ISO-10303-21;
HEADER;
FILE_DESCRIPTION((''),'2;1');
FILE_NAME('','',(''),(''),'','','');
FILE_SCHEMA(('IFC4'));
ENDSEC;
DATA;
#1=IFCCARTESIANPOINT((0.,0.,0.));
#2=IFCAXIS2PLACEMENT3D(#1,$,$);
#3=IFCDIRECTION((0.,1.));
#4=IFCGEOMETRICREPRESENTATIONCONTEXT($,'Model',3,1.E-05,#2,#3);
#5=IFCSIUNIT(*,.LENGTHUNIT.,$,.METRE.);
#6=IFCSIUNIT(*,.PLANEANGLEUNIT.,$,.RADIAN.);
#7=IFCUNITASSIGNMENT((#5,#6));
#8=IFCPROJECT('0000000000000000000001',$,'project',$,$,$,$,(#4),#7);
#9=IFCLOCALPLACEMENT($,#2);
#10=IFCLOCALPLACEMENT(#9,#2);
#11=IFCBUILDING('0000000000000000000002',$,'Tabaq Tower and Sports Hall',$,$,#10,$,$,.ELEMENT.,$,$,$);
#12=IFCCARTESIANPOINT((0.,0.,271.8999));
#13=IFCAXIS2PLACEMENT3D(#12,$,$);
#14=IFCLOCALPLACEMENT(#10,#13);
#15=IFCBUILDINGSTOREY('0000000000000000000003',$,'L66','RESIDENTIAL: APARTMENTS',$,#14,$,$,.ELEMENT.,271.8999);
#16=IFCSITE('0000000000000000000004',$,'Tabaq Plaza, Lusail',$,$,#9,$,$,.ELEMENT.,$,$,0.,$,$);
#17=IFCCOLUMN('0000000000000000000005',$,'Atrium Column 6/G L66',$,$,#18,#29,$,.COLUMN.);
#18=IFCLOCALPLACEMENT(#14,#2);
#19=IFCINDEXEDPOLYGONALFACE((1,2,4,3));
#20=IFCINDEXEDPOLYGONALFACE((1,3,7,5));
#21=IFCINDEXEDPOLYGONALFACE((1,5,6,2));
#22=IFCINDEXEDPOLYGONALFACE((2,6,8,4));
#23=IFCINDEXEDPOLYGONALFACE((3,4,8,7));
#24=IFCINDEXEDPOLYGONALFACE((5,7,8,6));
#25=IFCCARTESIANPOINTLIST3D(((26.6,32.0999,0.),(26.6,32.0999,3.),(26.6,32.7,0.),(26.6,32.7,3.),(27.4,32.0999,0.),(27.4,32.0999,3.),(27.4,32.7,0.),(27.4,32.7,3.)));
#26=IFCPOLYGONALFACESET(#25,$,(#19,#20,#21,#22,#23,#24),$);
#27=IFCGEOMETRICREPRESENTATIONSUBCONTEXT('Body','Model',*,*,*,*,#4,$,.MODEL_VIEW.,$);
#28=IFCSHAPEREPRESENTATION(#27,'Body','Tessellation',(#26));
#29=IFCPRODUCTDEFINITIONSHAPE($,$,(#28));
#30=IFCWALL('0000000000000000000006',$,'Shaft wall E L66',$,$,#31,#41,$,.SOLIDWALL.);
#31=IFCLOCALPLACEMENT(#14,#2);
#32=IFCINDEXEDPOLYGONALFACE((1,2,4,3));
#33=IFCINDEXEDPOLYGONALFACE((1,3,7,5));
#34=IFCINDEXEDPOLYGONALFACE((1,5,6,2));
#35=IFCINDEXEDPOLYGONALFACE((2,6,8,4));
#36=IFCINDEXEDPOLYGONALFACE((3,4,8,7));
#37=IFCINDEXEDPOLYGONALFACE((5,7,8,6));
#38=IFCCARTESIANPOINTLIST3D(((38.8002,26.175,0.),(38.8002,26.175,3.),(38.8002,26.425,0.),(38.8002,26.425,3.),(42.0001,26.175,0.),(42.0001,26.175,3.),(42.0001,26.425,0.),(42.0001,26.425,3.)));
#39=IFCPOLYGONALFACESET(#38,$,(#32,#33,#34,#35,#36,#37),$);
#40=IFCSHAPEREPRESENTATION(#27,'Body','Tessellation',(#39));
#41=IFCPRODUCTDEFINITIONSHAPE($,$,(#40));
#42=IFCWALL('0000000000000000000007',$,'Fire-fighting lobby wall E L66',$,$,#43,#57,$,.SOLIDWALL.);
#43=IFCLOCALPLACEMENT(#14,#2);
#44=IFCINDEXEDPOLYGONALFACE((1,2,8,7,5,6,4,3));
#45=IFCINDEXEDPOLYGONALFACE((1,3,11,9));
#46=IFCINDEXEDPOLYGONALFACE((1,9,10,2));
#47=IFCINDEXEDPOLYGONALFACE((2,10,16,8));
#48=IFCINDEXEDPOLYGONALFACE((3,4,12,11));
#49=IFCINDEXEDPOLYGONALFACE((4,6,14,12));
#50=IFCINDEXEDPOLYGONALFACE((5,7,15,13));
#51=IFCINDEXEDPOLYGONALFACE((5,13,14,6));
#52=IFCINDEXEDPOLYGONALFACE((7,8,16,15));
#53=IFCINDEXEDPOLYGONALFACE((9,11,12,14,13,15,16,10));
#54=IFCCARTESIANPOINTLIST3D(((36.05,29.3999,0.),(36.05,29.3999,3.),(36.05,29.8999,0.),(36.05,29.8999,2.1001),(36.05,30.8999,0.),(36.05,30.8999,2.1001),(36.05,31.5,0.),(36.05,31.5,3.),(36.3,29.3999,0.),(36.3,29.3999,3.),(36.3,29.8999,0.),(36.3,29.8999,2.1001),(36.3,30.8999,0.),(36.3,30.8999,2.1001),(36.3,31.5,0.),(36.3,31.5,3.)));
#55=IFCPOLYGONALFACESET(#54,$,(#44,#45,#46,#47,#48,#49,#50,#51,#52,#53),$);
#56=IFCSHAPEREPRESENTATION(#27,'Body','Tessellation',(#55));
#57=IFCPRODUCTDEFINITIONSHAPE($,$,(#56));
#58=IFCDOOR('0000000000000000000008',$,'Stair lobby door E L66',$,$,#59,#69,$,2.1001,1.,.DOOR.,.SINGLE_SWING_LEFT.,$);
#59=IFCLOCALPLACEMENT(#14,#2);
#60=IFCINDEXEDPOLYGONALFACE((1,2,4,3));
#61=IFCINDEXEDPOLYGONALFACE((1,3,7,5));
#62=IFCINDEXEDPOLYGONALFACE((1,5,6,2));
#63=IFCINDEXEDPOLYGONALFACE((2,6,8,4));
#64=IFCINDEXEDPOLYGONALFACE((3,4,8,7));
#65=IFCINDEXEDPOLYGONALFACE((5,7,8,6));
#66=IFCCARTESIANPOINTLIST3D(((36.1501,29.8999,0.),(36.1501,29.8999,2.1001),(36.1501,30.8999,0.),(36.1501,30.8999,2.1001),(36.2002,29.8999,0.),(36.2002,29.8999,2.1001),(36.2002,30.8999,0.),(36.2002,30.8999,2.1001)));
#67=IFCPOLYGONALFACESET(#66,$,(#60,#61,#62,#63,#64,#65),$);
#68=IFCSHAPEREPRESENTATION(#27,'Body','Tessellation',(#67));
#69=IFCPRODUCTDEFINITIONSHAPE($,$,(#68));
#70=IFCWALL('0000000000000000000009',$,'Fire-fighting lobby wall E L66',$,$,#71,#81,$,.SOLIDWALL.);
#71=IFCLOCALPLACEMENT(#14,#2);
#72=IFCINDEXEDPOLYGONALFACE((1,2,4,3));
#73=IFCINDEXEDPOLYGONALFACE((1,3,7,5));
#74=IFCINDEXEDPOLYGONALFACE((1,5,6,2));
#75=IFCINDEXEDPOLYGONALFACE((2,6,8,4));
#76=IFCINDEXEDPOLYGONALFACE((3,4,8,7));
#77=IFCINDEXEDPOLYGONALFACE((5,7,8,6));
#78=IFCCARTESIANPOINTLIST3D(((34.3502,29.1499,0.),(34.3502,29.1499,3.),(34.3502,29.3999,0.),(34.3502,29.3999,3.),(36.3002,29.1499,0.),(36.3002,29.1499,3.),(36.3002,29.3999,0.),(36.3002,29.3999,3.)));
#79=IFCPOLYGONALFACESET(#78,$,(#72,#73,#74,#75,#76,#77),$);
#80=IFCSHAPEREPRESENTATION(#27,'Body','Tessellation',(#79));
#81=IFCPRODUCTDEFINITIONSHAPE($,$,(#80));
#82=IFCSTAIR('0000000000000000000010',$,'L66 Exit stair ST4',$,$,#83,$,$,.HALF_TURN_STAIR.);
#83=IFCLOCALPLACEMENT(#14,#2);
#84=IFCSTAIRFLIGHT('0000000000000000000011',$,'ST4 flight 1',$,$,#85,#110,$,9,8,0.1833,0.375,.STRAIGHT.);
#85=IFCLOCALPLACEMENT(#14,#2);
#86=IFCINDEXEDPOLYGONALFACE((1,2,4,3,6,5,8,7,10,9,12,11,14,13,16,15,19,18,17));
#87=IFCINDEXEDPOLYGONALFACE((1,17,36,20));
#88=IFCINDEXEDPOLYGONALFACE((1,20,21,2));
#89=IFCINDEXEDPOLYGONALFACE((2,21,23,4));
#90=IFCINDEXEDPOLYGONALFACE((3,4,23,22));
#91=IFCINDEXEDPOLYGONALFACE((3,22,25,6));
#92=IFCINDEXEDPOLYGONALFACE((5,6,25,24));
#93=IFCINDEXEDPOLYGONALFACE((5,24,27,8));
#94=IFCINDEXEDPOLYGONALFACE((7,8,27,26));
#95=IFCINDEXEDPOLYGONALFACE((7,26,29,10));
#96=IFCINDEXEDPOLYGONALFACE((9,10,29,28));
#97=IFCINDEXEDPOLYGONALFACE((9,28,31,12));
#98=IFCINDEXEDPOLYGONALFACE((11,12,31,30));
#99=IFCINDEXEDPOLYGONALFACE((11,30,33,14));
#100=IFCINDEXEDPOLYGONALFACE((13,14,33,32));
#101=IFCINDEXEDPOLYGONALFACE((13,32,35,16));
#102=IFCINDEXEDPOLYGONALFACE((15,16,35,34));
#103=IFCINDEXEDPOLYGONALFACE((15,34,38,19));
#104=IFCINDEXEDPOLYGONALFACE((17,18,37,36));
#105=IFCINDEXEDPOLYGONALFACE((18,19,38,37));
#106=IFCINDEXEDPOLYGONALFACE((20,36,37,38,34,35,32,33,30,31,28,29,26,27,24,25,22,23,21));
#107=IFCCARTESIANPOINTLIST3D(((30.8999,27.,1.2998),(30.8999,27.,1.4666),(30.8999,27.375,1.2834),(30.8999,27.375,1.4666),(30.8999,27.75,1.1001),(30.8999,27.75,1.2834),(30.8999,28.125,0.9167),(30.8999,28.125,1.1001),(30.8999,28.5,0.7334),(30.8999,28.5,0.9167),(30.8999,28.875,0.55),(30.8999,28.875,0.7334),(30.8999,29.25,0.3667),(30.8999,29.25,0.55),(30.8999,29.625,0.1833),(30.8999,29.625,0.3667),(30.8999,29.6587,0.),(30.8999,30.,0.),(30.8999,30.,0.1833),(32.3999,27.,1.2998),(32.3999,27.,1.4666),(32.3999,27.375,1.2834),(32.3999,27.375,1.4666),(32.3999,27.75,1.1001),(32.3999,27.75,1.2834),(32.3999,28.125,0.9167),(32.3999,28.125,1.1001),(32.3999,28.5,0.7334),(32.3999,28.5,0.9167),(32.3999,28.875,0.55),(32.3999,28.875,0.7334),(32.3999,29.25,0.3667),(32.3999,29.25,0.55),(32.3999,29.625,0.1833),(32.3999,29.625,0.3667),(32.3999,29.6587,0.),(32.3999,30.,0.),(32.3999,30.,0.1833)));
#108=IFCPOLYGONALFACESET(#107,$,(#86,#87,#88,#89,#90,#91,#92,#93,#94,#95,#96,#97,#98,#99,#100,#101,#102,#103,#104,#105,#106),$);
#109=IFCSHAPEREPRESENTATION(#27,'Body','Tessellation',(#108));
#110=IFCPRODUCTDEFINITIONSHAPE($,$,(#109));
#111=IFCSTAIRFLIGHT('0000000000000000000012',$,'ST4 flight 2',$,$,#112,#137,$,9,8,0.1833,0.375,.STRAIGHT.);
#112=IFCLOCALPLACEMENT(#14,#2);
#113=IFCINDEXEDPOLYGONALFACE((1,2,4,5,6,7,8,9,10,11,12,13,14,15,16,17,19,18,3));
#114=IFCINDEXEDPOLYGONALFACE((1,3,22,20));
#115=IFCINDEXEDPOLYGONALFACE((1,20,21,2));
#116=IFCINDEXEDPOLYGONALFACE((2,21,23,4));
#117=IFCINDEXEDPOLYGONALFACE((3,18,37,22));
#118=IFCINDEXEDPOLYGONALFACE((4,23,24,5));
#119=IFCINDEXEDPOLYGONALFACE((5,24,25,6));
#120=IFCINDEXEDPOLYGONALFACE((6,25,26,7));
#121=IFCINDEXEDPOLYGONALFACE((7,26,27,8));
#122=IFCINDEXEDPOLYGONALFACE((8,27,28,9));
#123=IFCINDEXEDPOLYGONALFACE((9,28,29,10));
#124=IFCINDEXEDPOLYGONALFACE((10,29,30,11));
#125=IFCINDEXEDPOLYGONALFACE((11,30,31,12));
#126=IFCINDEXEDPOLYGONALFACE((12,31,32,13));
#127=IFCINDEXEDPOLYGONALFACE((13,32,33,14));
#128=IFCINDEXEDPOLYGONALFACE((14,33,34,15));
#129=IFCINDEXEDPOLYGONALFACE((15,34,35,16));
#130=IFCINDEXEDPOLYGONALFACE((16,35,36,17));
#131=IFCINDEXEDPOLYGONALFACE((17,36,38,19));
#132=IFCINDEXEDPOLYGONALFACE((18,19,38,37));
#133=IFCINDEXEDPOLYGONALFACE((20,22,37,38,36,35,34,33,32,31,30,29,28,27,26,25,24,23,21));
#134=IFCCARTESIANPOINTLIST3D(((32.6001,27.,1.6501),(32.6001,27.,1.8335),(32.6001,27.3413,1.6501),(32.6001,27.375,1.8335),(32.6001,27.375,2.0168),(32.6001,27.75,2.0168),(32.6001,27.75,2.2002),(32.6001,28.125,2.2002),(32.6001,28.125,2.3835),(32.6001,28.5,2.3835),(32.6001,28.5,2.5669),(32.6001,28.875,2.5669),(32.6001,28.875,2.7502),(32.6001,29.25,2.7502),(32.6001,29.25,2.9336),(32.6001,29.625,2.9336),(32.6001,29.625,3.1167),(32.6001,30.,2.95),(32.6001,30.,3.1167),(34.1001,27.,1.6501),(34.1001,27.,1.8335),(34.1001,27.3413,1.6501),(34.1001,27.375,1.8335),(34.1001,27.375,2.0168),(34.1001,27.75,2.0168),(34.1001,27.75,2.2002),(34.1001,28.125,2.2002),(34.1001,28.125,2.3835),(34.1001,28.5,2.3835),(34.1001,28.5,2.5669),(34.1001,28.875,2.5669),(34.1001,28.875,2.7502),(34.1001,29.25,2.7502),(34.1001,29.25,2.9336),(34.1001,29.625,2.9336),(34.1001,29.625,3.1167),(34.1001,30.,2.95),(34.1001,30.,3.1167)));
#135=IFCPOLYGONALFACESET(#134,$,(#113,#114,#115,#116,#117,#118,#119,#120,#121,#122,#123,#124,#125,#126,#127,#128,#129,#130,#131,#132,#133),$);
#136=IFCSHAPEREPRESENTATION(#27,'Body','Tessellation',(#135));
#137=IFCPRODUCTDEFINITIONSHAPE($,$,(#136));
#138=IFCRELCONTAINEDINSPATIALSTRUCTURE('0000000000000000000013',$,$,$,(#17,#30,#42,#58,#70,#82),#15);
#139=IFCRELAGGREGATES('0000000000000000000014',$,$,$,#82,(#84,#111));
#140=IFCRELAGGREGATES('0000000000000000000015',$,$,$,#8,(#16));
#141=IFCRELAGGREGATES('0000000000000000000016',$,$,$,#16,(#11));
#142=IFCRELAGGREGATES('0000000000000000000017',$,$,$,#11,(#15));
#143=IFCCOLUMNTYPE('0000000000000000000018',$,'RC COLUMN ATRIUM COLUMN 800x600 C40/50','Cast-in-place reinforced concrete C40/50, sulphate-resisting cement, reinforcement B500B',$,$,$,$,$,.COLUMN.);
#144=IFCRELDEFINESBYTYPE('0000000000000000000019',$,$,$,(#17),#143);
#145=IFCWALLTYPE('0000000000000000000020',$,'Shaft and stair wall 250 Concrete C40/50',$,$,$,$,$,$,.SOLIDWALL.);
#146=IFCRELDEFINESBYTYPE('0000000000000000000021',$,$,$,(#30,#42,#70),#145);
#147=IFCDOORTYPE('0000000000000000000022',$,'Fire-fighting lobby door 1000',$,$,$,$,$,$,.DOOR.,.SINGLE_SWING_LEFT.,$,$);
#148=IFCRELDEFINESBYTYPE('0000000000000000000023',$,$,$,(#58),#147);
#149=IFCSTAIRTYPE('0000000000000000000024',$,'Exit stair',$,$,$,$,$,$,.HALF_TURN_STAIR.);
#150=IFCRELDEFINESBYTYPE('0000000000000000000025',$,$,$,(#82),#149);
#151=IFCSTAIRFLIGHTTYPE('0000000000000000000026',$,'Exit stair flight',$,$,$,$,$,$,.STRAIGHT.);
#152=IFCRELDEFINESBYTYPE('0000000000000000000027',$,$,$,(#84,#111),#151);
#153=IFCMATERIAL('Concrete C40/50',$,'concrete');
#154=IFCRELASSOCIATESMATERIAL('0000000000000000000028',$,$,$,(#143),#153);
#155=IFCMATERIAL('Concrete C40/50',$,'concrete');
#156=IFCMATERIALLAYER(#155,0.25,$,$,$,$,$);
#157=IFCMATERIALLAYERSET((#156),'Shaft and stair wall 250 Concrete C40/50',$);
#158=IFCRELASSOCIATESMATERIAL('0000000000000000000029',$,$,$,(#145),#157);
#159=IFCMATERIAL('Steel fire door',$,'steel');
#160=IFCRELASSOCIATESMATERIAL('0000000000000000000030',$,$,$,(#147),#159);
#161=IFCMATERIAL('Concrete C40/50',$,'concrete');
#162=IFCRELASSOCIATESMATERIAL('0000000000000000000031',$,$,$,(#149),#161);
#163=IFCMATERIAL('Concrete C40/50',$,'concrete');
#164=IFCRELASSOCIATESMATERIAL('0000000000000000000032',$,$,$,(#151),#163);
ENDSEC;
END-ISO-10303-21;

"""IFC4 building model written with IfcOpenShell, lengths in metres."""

from ifc_helpers import new_model, si_unit, direction, frame, frame_2d, origin, origin_2d, place, context, subcontext, project, spatial, polyline, rectangle, outline, extrude, material, layer, layer_set, material_profile, profile_set, type_object, element, fill, aggregate, save


model = new_model("IFC4")

# Units and contexts
model_context = context("Model", 3, precision=1e-05, world=origin(), true_north=direction((0.0, 1.0)))
body_context = subcontext(model_context, "Body", "Model", "MODEL_VIEW")
ifc_project = project(units=[si_unit("LENGTHUNIT", "METRE"), si_unit("PLANEANGLEUNIT", "RADIAN")], contexts=[model_context])

# Site, building, storey
site_placement = place(None, origin())
site = spatial("IfcSite", under=ifc_project, at=site_placement, Name="Tabaq Plaza, Lusail", CompositionType="ELEMENT", RefElevation=0.0)
building_placement = place(site_placement, origin())
building = spatial("IfcBuilding", under=site, at=building_placement, Name="Tabaq Tower and Sports Hall", CompositionType="ELEMENT")
storey_placement = place(building_placement, frame((0.0, 0.0, 271.8999)))
storey = spatial("IfcBuildingStorey", under=building, at=storey_placement, Name="L66", Description="RESIDENTIAL: APARTMENTS", CompositionType="ELEMENT", Elevation=271.8999)

# Column
ifc_material_1 = material(Name="Concrete C40/50", Category="concrete")
ifc_material_profile = material_profile(ifc_material_1, rectangle(XDim=0.8, YDim=0.6001, at=origin_2d()), Name="ATRIUM COLUMN 800x600")
ifc_profile_set = profile_set([ifc_material_profile], Name="Concrete C40/50")
column_type = type_object("IfcColumnType", Name="RC COLUMN ATRIUM COLUMN 800x600 C40/50", Description="Cast-in-place reinforced concrete C40/50, sulphate-resisting cement, reinforcement B500B", PredefinedType="COLUMN", material=ifc_profile_set)
column_placement = place(storey_placement, frame((27.0, 32.3999, 0.0), z_axis=(0.0, 0.0, 1.0), x_axis=(1.0, 0.0, 0.0)))
element("IfcColumn", 1, at=column_placement, inside=storey, type_object=column_type, Name="Atrium Column 6/G L66", PredefinedType="COLUMN", context=body_context, shape_type="SweptSolid", body=[
    extrude(rectangle(XDim=0.8, YDim=0.6001, at=origin_2d()), origin(), (0.0, 0.0, 1.0), 3.0),
])

# Wall
ifc_material_2 = material(Name="Concrete C40/50", Category="concrete")
ifc_layer_1 = layer(ifc_material_2, 0.25)
ifc_layer_set_1 = layer_set([ifc_layer_1], Name="Shaft and stair wall 250 Concrete C40/50")
wall_type_1 = type_object("IfcWallType", Name="Shaft and stair wall 250 Concrete C40/50", PredefinedType="SOLIDWALL", material=ifc_layer_set_1)
wall_1_placement = place(storey_placement, frame((38.8, 26.3, 0.0), z_axis=(0.0, 0.0, 1.0), x_axis=(1.0, 0.0, 0.0)))
element("IfcWall", 2, at=wall_1_placement, inside=storey, type_object=wall_type_1, Name="Shaft wall E L66", PredefinedType="SOLIDWALL", context=body_context, shape_type="SweptSolid", body=[
    extrude(rectangle(XDim=3.2, YDim=0.25, at=frame_2d((1.6001, 0.0))), origin(), (0.0, 0.0, 1.0), 3.0),
])

# Wall, opening, door
wall_2_placement = place(storey_placement, frame((36.175, 29.3999, 0.0), z_axis=(0.0, 0.0, 1.0), x_axis=(0.0, 1.0, 0.0)))
wall_2 = element("IfcWall", 3, at=wall_2_placement, inside=storey, type_object=wall_type_1, Name="Fire-fighting lobby wall E L66", PredefinedType="SOLIDWALL", context=body_context, shape_type="SweptSolid", body=[
    extrude(rectangle(XDim=2.1001, YDim=0.25, at=frame_2d((1.05, 0.0))), origin(), (0.0, 0.0, 1.0), 3.0),
])
opening_1_placement = place(wall_2_placement, frame((0.5, 0.0, 0.0)))
opening_1 = element("IfcOpeningElement", 4, at=opening_1_placement, cuts=wall_2, PredefinedType="OPENING", context=body_context, shape_type="SweptSolid", body=[
    extrude(rectangle(XDim=1.0, YDim=2.1001, at=frame_2d((0.5, 1.05))), frame((0.0, 0.125, 0.0), z_axis=(0.0, -1.0, 0.0), x_axis=(1.0, 0.0, 0.0)), (0.0, 0.0, 1.0), 0.25),
])
ifc_material_3 = material(Name="Steel fire door", Category="steel")
door_type_1 = type_object("IfcDoorType", Name="Fire-fighting lobby door 1000", OperationType="SINGLE_SWING_LEFT", PredefinedType="DOOR", material=ifc_material_3)
door_1_placement = place(opening_1_placement, origin())
door_1 = element("IfcDoor", 5, at=door_1_placement, inside=storey, type_object=door_type_1, Name="Stair lobby door E L66", OperationType="SINGLE_SWING_LEFT", OverallHeight=2.1001, OverallWidth=1.0, PredefinedType="DOOR", context=body_context, shape_type="SweptSolid", body=[
    extrude(rectangle(XDim=1.0, YDim=2.1001, at=frame_2d((0.5, 1.05))), frame((0.0, 0.0249, 0.0), z_axis=(0.0, -1.0, 0.0), x_axis=(1.0, 0.0, 0.0)), (0.0, 0.0, 1.0), 0.05),
])
fill(opening_1, door_1)

# Wall
wall_3_placement = place(storey_placement, frame((34.3501, 29.2749, 0.0), z_axis=(0.0, 0.0, 1.0), x_axis=(1.0, 0.0, 0.0)))
element("IfcWall", 6, at=wall_3_placement, inside=storey, type_object=wall_type_1, Name="Fire-fighting lobby wall E L66", PredefinedType="SOLIDWALL", context=body_context, shape_type="SweptSolid", body=[
    extrude(rectangle(XDim=1.95, YDim=0.25, at=frame_2d((0.9751, 0.0))), origin(), (0.0, 0.0, 1.0), 3.0),
])

# Stair, stair flights
ifc_material_4 = material(Name="Concrete C40/50", Category="concrete")
stair_type = type_object("IfcStairType", Name="Exit stair", PredefinedType="HALF_TURN_STAIR", material=ifc_material_4)
stair_placement = place(storey_placement, origin())
stair = element("IfcStair", 7, at=stair_placement, inside=storey, type_object=stair_type, Name="L66 Exit stair ST4", PredefinedType="HALF_TURN_STAIR")
ifc_material_5 = material(Name="Concrete C40/50", Category="concrete")
stair_flight_type = type_object("IfcStairFlightType", Name="Exit stair flight", PredefinedType="STRAIGHT", material=ifc_material_5)
stair_flight_1_placement = place(storey_placement, frame((31.6499, 30.0, 0.0), z_axis=(0.0, 0.0, 1.0), x_axis=(0.0, -1.0, 0.0)))
stair_flight_1 = element("IfcStairFlight", 8, at=stair_flight_1_placement, type_object=stair_flight_type, Name="ST4 flight 1", NumberOfRisers=9, NumberOfTreads=8, PredefinedType="STRAIGHT", RiserHeight=0.1833, TreadLength=0.375, context=body_context, shape_type="SweptSolid", body=[
    extrude(outline(polyline([(0.0, 0.0), (0.0, 0.1833), (0.375, 0.1833), (0.375, 0.3667), (0.75, 0.3667), (0.75, 0.55), (1.125, 0.55), (1.125, 0.7334), (1.5, 0.7334), (1.5, 0.9167), (1.875, 0.9167), (1.875, 1.1001), (2.25, 1.1001), (2.25, 1.2834), (2.625, 1.2834), (2.625, 1.4666), (3.0, 1.4666), (3.0, 1.6499), (3.0, 1.2998), (0.3413, 0.0), (0.0, 0.0)])), frame((0.0, 0.75, 0.0), z_axis=(0.0, -1.0, 0.0), x_axis=(1.0, 0.0, 0.0)), (0.0, 0.0, 1.0), 1.5),
])
stair_flight_2_placement = place(storey_placement, frame((33.3501, 27.0, 1.6501), z_axis=(0.0, 0.0, 1.0), x_axis=(0.0, 1.0, 0.0)))
stair_flight_2 = element("IfcStairFlight", 9, at=stair_flight_2_placement, type_object=stair_flight_type, Name="ST4 flight 2", NumberOfRisers=9, NumberOfTreads=8, PredefinedType="STRAIGHT", RiserHeight=0.1833, TreadLength=0.375, context=body_context, shape_type="SweptSolid", body=[
    extrude(outline(polyline([(0.0, 0.0), (0.0, 0.1833), (0.375, 0.1833), (0.375, 0.3667), (0.75, 0.3667), (0.75, 0.55), (1.125, 0.55), (1.125, 0.7334), (1.5, 0.7334), (1.5, 0.9167), (1.875, 0.9167), (1.875, 1.1001), (2.25, 1.1001), (2.25, 1.2834), (2.625, 1.2834), (2.625, 1.4666), (3.0, 1.4666), (3.0, 1.6499), (3.0, 1.2998), (0.3413, 0.0), (0.0, 0.0)])), frame((0.0, 0.75, 0.0), z_axis=(0.0, -1.0, 0.0), x_axis=(1.0, 0.0, 0.0)), (0.0, 0.0, 1.0), 1.5),
])
aggregate(stair, [stair_flight_1, stair_flight_2])

save(model, "model.ifc")
